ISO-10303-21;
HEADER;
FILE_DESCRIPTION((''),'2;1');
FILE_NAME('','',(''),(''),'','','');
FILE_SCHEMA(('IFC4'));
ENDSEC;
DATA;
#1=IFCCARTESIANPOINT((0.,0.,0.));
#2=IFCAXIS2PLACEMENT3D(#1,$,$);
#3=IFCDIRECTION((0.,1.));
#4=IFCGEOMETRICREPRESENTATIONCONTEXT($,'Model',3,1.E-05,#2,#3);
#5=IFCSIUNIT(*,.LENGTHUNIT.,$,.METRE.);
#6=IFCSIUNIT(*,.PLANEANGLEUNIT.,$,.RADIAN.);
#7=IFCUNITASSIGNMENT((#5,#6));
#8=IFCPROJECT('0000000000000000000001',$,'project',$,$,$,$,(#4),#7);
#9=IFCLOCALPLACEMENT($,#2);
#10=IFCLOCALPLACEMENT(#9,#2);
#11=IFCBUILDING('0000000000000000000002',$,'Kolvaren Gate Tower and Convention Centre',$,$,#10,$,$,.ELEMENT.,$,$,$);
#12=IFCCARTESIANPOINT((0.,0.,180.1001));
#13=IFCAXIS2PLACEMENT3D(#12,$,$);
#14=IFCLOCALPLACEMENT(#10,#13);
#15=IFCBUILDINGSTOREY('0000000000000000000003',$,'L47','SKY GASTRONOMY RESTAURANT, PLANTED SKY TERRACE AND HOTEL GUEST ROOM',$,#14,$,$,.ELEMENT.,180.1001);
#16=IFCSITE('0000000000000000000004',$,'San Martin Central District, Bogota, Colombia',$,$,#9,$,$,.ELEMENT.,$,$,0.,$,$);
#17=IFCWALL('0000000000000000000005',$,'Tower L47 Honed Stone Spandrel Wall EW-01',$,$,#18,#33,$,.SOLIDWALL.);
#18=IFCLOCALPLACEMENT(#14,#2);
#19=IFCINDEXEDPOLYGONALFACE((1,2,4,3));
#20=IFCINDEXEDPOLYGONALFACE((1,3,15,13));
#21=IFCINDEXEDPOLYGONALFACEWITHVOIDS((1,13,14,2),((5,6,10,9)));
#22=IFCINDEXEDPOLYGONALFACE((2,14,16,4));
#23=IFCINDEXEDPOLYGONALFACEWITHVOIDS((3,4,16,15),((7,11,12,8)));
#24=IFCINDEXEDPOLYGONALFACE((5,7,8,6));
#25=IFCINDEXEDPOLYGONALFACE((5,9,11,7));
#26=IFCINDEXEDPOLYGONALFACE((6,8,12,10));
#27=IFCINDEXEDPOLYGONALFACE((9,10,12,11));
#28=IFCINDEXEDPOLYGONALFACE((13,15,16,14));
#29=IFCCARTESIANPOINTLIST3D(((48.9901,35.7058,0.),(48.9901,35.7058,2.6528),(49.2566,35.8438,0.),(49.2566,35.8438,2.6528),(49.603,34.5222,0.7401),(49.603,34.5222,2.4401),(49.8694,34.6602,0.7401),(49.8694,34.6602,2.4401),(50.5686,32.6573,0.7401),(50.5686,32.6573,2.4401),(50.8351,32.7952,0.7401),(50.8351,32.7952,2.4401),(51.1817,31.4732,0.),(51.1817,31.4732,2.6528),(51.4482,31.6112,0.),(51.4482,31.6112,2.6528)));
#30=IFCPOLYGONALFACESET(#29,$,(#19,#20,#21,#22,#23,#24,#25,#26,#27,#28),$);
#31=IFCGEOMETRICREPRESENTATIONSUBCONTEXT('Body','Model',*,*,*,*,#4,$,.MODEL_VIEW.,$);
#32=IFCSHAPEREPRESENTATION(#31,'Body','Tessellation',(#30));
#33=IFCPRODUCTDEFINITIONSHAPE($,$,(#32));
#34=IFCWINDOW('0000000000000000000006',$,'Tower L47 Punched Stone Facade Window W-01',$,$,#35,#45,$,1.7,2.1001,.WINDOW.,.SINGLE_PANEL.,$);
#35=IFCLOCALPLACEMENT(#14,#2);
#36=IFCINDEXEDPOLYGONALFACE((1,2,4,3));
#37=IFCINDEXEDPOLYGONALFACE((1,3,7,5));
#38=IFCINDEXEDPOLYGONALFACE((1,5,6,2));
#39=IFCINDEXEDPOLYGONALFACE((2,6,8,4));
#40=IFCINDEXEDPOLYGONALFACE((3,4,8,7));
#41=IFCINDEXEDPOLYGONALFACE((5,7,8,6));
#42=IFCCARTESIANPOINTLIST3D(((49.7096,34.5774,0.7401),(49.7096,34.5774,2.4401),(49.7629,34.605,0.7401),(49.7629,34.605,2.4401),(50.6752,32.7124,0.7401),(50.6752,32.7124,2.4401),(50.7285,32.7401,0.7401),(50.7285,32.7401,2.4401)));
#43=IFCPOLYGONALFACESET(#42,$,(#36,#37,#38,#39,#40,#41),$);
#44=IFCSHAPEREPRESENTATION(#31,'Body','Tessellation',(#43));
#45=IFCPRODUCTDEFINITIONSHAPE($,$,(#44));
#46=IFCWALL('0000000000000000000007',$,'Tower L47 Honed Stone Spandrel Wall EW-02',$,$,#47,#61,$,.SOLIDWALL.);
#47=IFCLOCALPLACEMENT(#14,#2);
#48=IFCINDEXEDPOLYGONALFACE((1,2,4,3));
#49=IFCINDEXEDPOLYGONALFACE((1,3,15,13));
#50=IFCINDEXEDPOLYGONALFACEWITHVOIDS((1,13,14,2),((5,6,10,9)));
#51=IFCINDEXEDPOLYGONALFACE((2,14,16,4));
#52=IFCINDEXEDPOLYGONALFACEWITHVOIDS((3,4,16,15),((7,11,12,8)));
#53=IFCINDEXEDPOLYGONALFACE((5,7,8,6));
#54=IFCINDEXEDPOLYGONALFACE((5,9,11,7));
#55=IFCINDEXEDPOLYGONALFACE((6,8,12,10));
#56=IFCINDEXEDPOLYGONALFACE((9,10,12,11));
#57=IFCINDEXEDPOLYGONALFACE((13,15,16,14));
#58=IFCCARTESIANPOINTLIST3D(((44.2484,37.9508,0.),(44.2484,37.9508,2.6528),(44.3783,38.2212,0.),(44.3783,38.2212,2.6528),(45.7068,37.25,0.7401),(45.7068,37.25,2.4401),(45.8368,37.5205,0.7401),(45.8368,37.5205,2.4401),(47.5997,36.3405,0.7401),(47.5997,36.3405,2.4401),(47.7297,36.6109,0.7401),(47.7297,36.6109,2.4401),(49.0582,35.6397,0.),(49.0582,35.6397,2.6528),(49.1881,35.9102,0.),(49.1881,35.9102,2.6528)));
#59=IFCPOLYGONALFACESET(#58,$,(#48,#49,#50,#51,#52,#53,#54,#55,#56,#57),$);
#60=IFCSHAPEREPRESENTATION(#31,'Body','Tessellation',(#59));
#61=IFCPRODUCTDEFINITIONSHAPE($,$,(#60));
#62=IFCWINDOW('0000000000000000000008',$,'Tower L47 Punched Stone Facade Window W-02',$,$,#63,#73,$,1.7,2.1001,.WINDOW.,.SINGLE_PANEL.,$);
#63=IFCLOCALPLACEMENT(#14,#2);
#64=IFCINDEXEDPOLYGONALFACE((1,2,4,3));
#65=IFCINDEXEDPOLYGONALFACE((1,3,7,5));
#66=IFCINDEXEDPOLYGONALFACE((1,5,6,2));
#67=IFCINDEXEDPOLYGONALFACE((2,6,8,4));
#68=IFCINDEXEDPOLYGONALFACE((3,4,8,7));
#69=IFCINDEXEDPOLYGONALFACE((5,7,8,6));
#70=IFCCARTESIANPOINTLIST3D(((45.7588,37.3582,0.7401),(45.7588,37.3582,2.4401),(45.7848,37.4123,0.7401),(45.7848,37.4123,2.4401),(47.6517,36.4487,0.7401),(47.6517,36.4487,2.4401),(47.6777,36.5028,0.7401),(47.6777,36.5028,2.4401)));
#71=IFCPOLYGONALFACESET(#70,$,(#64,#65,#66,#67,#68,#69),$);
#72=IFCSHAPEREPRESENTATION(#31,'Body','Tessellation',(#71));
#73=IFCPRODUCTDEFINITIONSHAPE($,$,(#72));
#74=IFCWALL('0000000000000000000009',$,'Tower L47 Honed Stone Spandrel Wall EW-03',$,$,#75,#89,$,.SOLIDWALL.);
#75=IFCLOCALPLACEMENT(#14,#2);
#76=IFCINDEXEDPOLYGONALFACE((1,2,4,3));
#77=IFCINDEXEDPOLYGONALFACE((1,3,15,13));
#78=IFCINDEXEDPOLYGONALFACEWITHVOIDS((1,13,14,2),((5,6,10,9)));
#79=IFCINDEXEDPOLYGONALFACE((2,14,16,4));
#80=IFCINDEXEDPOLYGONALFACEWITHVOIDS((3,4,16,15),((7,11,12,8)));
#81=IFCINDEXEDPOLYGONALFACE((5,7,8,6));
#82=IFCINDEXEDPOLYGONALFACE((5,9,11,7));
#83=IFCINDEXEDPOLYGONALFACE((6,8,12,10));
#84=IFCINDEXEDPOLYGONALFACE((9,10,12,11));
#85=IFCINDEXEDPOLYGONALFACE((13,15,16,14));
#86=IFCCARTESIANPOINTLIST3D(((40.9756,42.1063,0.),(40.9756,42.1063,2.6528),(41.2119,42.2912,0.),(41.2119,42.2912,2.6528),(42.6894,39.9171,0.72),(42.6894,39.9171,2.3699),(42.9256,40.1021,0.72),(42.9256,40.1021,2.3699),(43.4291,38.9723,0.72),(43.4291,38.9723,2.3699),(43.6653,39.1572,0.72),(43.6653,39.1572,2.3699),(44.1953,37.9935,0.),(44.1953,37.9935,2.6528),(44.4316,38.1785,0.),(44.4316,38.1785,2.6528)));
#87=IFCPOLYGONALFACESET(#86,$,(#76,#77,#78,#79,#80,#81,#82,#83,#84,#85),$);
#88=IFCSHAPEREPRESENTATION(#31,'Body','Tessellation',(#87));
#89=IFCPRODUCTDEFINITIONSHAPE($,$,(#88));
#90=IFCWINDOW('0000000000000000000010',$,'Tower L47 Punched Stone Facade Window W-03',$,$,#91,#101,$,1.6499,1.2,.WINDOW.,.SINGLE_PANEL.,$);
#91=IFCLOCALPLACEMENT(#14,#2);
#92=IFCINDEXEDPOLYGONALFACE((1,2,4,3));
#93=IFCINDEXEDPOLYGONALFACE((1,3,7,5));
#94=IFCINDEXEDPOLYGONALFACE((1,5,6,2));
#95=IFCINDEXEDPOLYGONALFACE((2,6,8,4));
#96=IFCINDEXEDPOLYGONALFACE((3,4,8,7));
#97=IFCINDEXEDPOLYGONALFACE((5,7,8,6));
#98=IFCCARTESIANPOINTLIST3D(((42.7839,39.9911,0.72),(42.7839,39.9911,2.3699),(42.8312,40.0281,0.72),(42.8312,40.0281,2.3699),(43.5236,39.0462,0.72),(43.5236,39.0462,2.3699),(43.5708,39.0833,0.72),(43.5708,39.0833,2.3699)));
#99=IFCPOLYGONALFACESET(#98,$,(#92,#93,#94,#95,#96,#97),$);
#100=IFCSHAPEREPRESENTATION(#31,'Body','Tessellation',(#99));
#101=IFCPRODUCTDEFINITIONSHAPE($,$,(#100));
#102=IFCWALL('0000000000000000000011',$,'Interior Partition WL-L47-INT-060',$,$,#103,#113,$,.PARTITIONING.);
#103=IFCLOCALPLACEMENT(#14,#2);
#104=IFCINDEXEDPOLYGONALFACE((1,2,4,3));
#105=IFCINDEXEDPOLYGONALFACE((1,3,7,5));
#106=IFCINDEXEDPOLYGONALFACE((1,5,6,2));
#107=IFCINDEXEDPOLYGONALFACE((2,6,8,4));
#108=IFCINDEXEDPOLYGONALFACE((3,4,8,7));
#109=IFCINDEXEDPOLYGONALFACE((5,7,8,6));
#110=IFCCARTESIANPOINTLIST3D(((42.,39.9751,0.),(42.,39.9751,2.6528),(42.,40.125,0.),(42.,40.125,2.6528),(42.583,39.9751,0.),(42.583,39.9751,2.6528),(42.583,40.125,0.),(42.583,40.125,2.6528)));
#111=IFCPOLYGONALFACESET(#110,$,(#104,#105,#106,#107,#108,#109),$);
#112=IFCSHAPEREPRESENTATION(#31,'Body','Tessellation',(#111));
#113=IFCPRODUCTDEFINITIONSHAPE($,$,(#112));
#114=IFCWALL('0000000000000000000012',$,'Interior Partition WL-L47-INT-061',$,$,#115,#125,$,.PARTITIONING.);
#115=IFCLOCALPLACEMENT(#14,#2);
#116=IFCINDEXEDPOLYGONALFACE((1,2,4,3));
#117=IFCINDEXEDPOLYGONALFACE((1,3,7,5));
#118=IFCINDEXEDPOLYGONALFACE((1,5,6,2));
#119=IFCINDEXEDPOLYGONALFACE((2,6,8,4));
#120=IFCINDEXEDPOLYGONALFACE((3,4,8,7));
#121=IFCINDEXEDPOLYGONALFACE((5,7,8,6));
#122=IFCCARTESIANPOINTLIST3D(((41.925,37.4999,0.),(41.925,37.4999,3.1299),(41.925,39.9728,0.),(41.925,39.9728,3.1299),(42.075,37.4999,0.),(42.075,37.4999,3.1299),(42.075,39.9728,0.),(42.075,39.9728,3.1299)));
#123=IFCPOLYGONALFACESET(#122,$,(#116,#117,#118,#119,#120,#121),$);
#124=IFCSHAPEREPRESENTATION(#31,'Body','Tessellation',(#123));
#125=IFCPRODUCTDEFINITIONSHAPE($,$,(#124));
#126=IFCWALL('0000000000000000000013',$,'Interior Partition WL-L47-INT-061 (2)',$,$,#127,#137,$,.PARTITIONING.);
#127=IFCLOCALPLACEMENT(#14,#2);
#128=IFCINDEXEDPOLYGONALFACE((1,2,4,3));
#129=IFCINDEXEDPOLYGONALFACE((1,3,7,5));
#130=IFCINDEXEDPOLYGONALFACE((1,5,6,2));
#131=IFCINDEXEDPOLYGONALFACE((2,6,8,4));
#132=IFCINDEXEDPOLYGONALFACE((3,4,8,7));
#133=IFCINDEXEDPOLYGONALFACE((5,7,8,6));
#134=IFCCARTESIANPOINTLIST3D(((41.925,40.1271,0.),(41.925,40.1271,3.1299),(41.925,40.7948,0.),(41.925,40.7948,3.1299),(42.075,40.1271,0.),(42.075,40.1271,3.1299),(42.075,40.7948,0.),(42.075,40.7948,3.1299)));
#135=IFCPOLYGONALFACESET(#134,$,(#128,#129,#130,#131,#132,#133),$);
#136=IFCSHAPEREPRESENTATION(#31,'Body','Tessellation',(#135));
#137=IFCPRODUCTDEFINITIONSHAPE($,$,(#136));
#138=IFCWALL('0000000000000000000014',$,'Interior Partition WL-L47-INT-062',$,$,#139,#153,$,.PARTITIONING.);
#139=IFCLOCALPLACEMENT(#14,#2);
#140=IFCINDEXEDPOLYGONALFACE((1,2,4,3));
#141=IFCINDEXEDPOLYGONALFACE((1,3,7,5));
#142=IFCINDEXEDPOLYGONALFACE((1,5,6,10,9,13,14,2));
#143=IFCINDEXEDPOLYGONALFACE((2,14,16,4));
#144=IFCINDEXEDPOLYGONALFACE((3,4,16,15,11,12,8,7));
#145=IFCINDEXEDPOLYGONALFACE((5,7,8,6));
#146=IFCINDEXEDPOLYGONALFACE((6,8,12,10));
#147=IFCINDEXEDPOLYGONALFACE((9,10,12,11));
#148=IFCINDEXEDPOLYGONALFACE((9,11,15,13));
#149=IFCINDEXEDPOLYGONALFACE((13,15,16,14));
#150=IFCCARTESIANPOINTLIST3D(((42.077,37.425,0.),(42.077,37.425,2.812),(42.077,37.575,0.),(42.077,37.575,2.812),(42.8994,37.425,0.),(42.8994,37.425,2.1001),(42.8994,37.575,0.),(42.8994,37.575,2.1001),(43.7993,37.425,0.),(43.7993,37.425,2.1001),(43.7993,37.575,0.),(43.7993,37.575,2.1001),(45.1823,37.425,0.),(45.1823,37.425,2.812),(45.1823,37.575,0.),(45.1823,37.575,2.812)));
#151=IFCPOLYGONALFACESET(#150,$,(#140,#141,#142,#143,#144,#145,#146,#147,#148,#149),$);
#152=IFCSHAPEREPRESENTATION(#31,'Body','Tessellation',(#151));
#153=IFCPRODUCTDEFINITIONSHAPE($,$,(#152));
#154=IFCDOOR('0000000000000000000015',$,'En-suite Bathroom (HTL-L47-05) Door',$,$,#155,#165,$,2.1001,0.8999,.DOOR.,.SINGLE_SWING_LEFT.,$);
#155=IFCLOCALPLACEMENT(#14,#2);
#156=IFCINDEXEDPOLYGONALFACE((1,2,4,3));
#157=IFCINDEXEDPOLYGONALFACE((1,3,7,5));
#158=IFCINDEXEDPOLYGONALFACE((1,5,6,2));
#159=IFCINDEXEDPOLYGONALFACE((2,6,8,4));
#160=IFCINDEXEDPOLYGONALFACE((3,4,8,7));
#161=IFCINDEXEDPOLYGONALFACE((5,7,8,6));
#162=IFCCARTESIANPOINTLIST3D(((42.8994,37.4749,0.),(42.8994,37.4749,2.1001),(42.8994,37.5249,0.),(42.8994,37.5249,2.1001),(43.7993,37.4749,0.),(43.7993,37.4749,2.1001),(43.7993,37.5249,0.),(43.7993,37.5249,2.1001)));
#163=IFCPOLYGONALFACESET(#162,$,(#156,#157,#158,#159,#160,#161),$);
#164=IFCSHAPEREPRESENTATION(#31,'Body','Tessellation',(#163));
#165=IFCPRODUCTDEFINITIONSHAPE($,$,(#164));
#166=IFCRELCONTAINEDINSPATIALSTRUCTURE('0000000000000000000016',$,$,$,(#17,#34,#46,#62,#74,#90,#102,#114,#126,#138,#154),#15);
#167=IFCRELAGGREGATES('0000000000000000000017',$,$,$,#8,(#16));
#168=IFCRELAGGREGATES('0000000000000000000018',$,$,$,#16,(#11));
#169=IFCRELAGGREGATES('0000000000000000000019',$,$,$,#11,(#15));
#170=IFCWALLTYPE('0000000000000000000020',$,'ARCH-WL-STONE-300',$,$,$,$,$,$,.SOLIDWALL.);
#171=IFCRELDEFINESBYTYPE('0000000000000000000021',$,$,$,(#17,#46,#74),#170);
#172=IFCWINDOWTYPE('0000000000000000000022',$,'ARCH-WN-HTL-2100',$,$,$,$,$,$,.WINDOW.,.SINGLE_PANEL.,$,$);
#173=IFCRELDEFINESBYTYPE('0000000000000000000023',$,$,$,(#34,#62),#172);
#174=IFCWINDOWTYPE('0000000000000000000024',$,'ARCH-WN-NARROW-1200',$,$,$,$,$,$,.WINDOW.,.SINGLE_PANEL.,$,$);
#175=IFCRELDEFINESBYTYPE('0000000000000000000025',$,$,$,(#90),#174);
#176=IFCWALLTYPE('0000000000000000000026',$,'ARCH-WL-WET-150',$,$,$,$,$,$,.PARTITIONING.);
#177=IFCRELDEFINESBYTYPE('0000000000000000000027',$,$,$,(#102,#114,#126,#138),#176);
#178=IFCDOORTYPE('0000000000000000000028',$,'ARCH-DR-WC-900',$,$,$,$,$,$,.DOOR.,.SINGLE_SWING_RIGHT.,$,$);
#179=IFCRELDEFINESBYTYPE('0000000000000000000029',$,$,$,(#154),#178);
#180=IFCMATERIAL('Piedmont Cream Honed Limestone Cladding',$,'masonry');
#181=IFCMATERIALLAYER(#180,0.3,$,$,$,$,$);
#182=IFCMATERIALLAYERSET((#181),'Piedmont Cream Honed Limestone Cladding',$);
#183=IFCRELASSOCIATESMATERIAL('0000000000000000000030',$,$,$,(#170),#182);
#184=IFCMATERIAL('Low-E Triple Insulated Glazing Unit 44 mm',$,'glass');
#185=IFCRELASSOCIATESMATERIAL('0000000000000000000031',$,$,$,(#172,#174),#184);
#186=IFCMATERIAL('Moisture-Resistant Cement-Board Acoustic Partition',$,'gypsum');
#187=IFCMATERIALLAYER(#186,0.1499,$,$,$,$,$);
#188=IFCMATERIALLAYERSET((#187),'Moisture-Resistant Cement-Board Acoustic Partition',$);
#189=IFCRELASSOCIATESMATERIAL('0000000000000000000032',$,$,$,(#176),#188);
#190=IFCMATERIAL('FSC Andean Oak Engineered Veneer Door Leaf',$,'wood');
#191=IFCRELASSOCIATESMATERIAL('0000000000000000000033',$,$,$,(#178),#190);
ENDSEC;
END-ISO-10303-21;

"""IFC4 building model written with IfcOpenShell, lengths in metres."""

from ifc_helpers import new_model, si_unit, direction, frame, frame_2d, origin, place, context, subcontext, project, spatial, rectangle, extrude, material, layer, layer_set, type_object, element, fill, save


model = new_model("IFC4")

# Units and contexts
model_context = context("Model", 3, precision=1e-05, world=origin(), true_north=direction((0.0, 1.0)))
body_context = subcontext(model_context, "Body", "Model", "MODEL_VIEW")
ifc_project = project(units=[si_unit("LENGTHUNIT", "METRE"), si_unit("PLANEANGLEUNIT", "RADIAN")], contexts=[model_context])

# Site, building, storey
site_placement = place(None, origin())
site = spatial("IfcSite", under=ifc_project, at=site_placement, Name="San Martin Central District, Bogota, Colombia", CompositionType="ELEMENT", RefElevation=0.0)
building_placement = place(site_placement, origin())
building = spatial("IfcBuilding", under=site, at=building_placement, Name="Kolvaren Gate Tower and Convention Centre", CompositionType="ELEMENT")
storey_placement = place(building_placement, frame((0.0, 0.0, 180.1001)))
storey = spatial("IfcBuildingStorey", under=building, at=storey_placement, Name="L47", Description="SKY GASTRONOMY RESTAURANT, PLANTED SKY TERRACE AND HOTEL GUEST ROOM", CompositionType="ELEMENT", Elevation=180.1001)

# Shared definitions
ifc_material_1 = material(Name="Piedmont Cream Honed Limestone Cladding", Category="masonry")

# Walls, openings, windows
ifc_layer_1 = layer(ifc_material_1, 0.3)
ifc_layer_set_1 = layer_set([ifc_layer_1], Name="Piedmont Cream Honed Limestone Cladding")
wall_type_1 = type_object("IfcWallType", Name="ARCH-WL-STONE-300", PredefinedType="SOLIDWALL", material=ifc_layer_set_1)
wall_1_placement = place(storey_placement, frame((49.1233, 35.7749, 0.0), z_axis=(0.0, 0.0, 1.0), x_axis=(0.45981, -0.888017, 0.0)))
wall_1 = element("IfcWall", 1, at=wall_1_placement, inside=storey, type_object=wall_type_1, Name="Tower L47 Honed Stone Spandrel Wall EW-01", PredefinedType="SOLIDWALL", context=body_context, shape_type="SweptSolid", body=[
    extrude(rectangle(XDim=4.7664, YDim=0.3, at=frame_2d((2.3833, 0.0))), origin(), (0.0, 0.0, 1.0), 2.6528),
])
opening_1_placement = place(wall_1_placement, frame((1.333, 0.0, 0.74)))
opening_1 = element("IfcOpeningElement", 2, at=opening_1_placement, cuts=wall_1, PredefinedType="OPENING", context=body_context, shape_type="SweptSolid", body=[
    extrude(rectangle(XDim=2.1001, YDim=1.7, at=frame_2d((1.05, 0.8501))), frame((0.0, 0.1599, 0.0), z_axis=(0.0, -1.0, 0.0), x_axis=(1.0, 0.0, 0.0)), (0.0, 0.0, 1.0), 0.3201),
])
ifc_material_2 = material(Name="Low-E Triple Insulated Glazing Unit 44 mm", Category="glass")
window_type_1 = type_object("IfcWindowType", Name="ARCH-WN-HTL-2100", PartitioningType="SINGLE_PANEL", PredefinedType="WINDOW", material=ifc_material_2)
window_1_placement = place(opening_1_placement, origin())
window_1 = element("IfcWindow", 3, at=window_1_placement, inside=storey, type_object=window_type_1, Name="Tower L47 Punched Stone Facade Window W-01", OverallHeight=1.7, OverallWidth=2.1001, PartitioningType="SINGLE_PANEL", PredefinedType="WINDOW", context=body_context, shape_type="SweptSolid", body=[
    extrude(rectangle(XDim=2.1001, YDim=1.7, at=frame_2d((1.05, 0.8501))), frame((0.0, 0.03, 0.0), z_axis=(0.0, -1.0, 0.0), x_axis=(1.0, 0.0, 0.0)), (0.0, 0.0, 1.0), 0.0601),
])
fill(opening_1, window_1)
wall_2_placement = place(storey_placement, frame((44.3135, 38.0859, 0.0), z_axis=(0.0, 0.0, 1.0), x_axis=(0.901353, -0.433085, 0.0)))
wall_2 = element("IfcWall", 4, at=wall_2_placement, inside=storey, type_object=wall_type_1, Name="Tower L47 Honed Stone Spandrel Wall EW-02", PredefinedType="SOLIDWALL", context=body_context, shape_type="SweptSolid", body=[
    extrude(rectangle(XDim=5.3362, YDim=0.3, at=frame_2d((2.668, 0.0))), origin(), (0.0, 0.0, 1.0), 2.6528),
])
opening_2_placement = place(wall_2_placement, frame((1.6179, 0.0, 0.74)))
opening_2 = element("IfcOpeningElement", 5, at=opening_2_placement, cuts=wall_2, PredefinedType="OPENING", context=body_context, shape_type="SweptSolid", body=[
    extrude(rectangle(XDim=2.1001, YDim=1.7, at=frame_2d((1.05, 0.8501))), frame((0.0, 0.1599, 0.0), z_axis=(0.0, -1.0, 0.0), x_axis=(1.0, 0.0, 0.0)), (0.0, 0.0, 1.0), 0.3201),
])
window_2_placement = place(opening_2_placement, origin())
window_2 = element("IfcWindow", 6, at=window_2_placement, inside=storey, type_object=window_type_1, Name="Tower L47 Punched Stone Facade Window W-02", OverallHeight=1.7, OverallWidth=2.1001, PartitioningType="SINGLE_PANEL", PredefinedType="WINDOW", context=body_context, shape_type="SweptSolid", body=[
    extrude(rectangle(XDim=2.1001, YDim=1.7, at=frame_2d((1.05, 0.8501))), frame((0.0, 0.03, 0.0), z_axis=(0.0, -1.0, 0.0), x_axis=(1.0, 0.0, 0.0)), (0.0, 0.0, 1.0), 0.0601),
])
fill(opening_2, window_2)
wall_3_placement = place(storey_placement, frame((41.0938, 42.1987, 0.0), z_axis=(0.0, 0.0, 1.0), x_axis=(0.616429, -0.78741, 0.0)))
wall_3 = element("IfcWall", 7, at=wall_3_placement, inside=storey, type_object=wall_type_1, Name="Tower L47 Honed Stone Spandrel Wall EW-03", PredefinedType="SOLIDWALL", context=body_context, shape_type="SweptSolid", body=[
    extrude(rectangle(XDim=5.2231, YDim=0.3, at=frame_2d((2.6116, 0.0))), origin(), (0.0, 0.0, 1.0), 2.6528),
])
opening_3_placement = place(wall_3_placement, frame((2.78, 0.0, 0.72)))
opening_3 = element("IfcOpeningElement", 8, at=opening_3_placement, cuts=wall_3, PredefinedType="OPENING", context=body_context, shape_type="SweptSolid", body=[
    extrude(rectangle(XDim=1.2, YDim=1.6499, at=frame_2d((0.6001, 0.825))), frame((0.0, 0.1599, 0.0), z_axis=(0.0, -1.0, 0.0), x_axis=(1.0, 0.0, 0.0)), (0.0, 0.0, 1.0), 0.3201),
])
window_type_2 = type_object("IfcWindowType", Name="ARCH-WN-NARROW-1200", PartitioningType="SINGLE_PANEL", PredefinedType="WINDOW", material=ifc_material_2)
window_3_placement = place(opening_3_placement, origin())
window_3 = element("IfcWindow", 9, at=window_3_placement, inside=storey, type_object=window_type_2, Name="Tower L47 Punched Stone Facade Window W-03", OverallHeight=1.6499, OverallWidth=1.2, PartitioningType="SINGLE_PANEL", PredefinedType="WINDOW", context=body_context, shape_type="SweptSolid", body=[
    extrude(rectangle(XDim=1.2, YDim=1.6499, at=frame_2d((0.6001, 0.825))), frame((0.0, 0.03, 0.0), z_axis=(0.0, -1.0, 0.0), x_axis=(1.0, 0.0, 0.0)), (0.0, 0.0, 1.0), 0.0601),
])
fill(opening_3, window_3)

# Walls
ifc_material_3 = material(Name="Moisture-Resistant Cement-Board Acoustic Partition", Category="gypsum")
ifc_layer_2 = layer(ifc_material_3, 0.1499)
ifc_layer_set_2 = layer_set([ifc_layer_2], Name="Moisture-Resistant Cement-Board Acoustic Partition")
wall_type_2 = type_object("IfcWallType", Name="ARCH-WL-WET-150", PredefinedType="PARTITIONING", material=ifc_layer_set_2)
wall_4_placement = place(storey_placement, frame((42.0, 40.05, 0.0), z_axis=(0.0, 0.0, 1.0), x_axis=(1.0, 0.0, 0.0)))
element("IfcWall", 10, at=wall_4_placement, inside=storey, type_object=wall_type_2, Name="Interior Partition WL-L47-INT-060", PredefinedType="PARTITIONING", context=body_context, shape_type="SweptSolid", body=[
    extrude(rectangle(XDim=0.583, YDim=0.1499, at=frame_2d((0.2915, 0.0))), origin(), (0.0, 0.0, 1.0), 2.6528),
])
wall_5_placement = place(storey_placement, frame((42.0, 37.5, 0.0), z_axis=(0.0, 0.0, 1.0), x_axis=(0.0, 1.0, 0.0)))
element("IfcWall", 11, at=wall_5_placement, inside=storey, type_object=wall_type_2, Name="Interior Partition WL-L47-INT-061", PredefinedType="PARTITIONING", context=body_context, shape_type="SweptSolid", body=[
    extrude(rectangle(XDim=2.4729, YDim=0.1499, at=frame_2d((1.2363, 0.0))), origin(), (0.0, 0.0, 1.0), 3.1299),
])
wall_6_placement = place(storey_placement, frame((42.0, 40.127, 0.0), z_axis=(0.0, 0.0, 1.0), x_axis=(0.0, 1.0, 0.0)))
element("IfcWall", 12, at=wall_6_placement, inside=storey, type_object=wall_type_2, Name="Interior Partition WL-L47-INT-061 (2)", PredefinedType="PARTITIONING", context=body_context, shape_type="SweptSolid", body=[
    extrude(rectangle(XDim=0.6677, YDim=0.1499, at=frame_2d((0.334, 0.0))), origin(), (0.0, 0.0, 1.0), 3.1299),
])

# Wall, opening, door
wall_7_placement = place(storey_placement, frame((42.0769, 37.5, 0.0), z_axis=(0.0, 0.0, 1.0), x_axis=(1.0, 0.0, 0.0)))
wall_7 = element("IfcWall", 13, at=wall_7_placement, inside=storey, type_object=wall_type_2, Name="Interior Partition WL-L47-INT-062", PredefinedType="PARTITIONING", context=body_context, shape_type="SweptSolid", body=[
    extrude(rectangle(XDim=3.1052, YDim=0.1499, at=frame_2d((1.5527, 0.0))), origin(), (0.0, 0.0, 1.0), 2.812),
])
opening_4_placement = place(wall_7_placement, frame((0.8225, 0.0, 0.0)))
opening_4 = element("IfcOpeningElement", 14, at=opening_4_placement, cuts=wall_7, PredefinedType="OPENING", context=body_context, shape_type="SweptSolid", body=[
    extrude(rectangle(XDim=0.8999, YDim=2.1001, at=frame_2d((0.45, 1.05))), frame((0.0, 0.085, 0.0), z_axis=(0.0, -1.0, 0.0), x_axis=(1.0, 0.0, 0.0)), (0.0, 0.0, 1.0), 0.1699),
])
ifc_material_4 = material(Name="FSC Andean Oak Engineered Veneer Door Leaf", Category="wood")
door_type = type_object("IfcDoorType", Name="ARCH-DR-WC-900", OperationType="SINGLE_SWING_RIGHT", PredefinedType="DOOR", material=ifc_material_4)
door_placement = place(opening_4_placement, origin())
door = element("IfcDoor", 15, at=door_placement, inside=storey, type_object=door_type, Name="En-suite Bathroom (HTL-L47-05) Door", OperationType="SINGLE_SWING_LEFT", OverallHeight=2.1001, OverallWidth=0.8999, PredefinedType="DOOR", context=body_context, shape_type="SweptSolid", body=[
    extrude(rectangle(XDim=0.8999, YDim=2.1001, at=frame_2d((0.45, 1.05))), frame((0.0, 0.0249, 0.0), z_axis=(0.0, -1.0, 0.0), x_axis=(1.0, 0.0, 0.0)), (0.0, 0.0, 1.0), 0.05),
])
fill(opening_4, door)

save(model, "model.ifc")
